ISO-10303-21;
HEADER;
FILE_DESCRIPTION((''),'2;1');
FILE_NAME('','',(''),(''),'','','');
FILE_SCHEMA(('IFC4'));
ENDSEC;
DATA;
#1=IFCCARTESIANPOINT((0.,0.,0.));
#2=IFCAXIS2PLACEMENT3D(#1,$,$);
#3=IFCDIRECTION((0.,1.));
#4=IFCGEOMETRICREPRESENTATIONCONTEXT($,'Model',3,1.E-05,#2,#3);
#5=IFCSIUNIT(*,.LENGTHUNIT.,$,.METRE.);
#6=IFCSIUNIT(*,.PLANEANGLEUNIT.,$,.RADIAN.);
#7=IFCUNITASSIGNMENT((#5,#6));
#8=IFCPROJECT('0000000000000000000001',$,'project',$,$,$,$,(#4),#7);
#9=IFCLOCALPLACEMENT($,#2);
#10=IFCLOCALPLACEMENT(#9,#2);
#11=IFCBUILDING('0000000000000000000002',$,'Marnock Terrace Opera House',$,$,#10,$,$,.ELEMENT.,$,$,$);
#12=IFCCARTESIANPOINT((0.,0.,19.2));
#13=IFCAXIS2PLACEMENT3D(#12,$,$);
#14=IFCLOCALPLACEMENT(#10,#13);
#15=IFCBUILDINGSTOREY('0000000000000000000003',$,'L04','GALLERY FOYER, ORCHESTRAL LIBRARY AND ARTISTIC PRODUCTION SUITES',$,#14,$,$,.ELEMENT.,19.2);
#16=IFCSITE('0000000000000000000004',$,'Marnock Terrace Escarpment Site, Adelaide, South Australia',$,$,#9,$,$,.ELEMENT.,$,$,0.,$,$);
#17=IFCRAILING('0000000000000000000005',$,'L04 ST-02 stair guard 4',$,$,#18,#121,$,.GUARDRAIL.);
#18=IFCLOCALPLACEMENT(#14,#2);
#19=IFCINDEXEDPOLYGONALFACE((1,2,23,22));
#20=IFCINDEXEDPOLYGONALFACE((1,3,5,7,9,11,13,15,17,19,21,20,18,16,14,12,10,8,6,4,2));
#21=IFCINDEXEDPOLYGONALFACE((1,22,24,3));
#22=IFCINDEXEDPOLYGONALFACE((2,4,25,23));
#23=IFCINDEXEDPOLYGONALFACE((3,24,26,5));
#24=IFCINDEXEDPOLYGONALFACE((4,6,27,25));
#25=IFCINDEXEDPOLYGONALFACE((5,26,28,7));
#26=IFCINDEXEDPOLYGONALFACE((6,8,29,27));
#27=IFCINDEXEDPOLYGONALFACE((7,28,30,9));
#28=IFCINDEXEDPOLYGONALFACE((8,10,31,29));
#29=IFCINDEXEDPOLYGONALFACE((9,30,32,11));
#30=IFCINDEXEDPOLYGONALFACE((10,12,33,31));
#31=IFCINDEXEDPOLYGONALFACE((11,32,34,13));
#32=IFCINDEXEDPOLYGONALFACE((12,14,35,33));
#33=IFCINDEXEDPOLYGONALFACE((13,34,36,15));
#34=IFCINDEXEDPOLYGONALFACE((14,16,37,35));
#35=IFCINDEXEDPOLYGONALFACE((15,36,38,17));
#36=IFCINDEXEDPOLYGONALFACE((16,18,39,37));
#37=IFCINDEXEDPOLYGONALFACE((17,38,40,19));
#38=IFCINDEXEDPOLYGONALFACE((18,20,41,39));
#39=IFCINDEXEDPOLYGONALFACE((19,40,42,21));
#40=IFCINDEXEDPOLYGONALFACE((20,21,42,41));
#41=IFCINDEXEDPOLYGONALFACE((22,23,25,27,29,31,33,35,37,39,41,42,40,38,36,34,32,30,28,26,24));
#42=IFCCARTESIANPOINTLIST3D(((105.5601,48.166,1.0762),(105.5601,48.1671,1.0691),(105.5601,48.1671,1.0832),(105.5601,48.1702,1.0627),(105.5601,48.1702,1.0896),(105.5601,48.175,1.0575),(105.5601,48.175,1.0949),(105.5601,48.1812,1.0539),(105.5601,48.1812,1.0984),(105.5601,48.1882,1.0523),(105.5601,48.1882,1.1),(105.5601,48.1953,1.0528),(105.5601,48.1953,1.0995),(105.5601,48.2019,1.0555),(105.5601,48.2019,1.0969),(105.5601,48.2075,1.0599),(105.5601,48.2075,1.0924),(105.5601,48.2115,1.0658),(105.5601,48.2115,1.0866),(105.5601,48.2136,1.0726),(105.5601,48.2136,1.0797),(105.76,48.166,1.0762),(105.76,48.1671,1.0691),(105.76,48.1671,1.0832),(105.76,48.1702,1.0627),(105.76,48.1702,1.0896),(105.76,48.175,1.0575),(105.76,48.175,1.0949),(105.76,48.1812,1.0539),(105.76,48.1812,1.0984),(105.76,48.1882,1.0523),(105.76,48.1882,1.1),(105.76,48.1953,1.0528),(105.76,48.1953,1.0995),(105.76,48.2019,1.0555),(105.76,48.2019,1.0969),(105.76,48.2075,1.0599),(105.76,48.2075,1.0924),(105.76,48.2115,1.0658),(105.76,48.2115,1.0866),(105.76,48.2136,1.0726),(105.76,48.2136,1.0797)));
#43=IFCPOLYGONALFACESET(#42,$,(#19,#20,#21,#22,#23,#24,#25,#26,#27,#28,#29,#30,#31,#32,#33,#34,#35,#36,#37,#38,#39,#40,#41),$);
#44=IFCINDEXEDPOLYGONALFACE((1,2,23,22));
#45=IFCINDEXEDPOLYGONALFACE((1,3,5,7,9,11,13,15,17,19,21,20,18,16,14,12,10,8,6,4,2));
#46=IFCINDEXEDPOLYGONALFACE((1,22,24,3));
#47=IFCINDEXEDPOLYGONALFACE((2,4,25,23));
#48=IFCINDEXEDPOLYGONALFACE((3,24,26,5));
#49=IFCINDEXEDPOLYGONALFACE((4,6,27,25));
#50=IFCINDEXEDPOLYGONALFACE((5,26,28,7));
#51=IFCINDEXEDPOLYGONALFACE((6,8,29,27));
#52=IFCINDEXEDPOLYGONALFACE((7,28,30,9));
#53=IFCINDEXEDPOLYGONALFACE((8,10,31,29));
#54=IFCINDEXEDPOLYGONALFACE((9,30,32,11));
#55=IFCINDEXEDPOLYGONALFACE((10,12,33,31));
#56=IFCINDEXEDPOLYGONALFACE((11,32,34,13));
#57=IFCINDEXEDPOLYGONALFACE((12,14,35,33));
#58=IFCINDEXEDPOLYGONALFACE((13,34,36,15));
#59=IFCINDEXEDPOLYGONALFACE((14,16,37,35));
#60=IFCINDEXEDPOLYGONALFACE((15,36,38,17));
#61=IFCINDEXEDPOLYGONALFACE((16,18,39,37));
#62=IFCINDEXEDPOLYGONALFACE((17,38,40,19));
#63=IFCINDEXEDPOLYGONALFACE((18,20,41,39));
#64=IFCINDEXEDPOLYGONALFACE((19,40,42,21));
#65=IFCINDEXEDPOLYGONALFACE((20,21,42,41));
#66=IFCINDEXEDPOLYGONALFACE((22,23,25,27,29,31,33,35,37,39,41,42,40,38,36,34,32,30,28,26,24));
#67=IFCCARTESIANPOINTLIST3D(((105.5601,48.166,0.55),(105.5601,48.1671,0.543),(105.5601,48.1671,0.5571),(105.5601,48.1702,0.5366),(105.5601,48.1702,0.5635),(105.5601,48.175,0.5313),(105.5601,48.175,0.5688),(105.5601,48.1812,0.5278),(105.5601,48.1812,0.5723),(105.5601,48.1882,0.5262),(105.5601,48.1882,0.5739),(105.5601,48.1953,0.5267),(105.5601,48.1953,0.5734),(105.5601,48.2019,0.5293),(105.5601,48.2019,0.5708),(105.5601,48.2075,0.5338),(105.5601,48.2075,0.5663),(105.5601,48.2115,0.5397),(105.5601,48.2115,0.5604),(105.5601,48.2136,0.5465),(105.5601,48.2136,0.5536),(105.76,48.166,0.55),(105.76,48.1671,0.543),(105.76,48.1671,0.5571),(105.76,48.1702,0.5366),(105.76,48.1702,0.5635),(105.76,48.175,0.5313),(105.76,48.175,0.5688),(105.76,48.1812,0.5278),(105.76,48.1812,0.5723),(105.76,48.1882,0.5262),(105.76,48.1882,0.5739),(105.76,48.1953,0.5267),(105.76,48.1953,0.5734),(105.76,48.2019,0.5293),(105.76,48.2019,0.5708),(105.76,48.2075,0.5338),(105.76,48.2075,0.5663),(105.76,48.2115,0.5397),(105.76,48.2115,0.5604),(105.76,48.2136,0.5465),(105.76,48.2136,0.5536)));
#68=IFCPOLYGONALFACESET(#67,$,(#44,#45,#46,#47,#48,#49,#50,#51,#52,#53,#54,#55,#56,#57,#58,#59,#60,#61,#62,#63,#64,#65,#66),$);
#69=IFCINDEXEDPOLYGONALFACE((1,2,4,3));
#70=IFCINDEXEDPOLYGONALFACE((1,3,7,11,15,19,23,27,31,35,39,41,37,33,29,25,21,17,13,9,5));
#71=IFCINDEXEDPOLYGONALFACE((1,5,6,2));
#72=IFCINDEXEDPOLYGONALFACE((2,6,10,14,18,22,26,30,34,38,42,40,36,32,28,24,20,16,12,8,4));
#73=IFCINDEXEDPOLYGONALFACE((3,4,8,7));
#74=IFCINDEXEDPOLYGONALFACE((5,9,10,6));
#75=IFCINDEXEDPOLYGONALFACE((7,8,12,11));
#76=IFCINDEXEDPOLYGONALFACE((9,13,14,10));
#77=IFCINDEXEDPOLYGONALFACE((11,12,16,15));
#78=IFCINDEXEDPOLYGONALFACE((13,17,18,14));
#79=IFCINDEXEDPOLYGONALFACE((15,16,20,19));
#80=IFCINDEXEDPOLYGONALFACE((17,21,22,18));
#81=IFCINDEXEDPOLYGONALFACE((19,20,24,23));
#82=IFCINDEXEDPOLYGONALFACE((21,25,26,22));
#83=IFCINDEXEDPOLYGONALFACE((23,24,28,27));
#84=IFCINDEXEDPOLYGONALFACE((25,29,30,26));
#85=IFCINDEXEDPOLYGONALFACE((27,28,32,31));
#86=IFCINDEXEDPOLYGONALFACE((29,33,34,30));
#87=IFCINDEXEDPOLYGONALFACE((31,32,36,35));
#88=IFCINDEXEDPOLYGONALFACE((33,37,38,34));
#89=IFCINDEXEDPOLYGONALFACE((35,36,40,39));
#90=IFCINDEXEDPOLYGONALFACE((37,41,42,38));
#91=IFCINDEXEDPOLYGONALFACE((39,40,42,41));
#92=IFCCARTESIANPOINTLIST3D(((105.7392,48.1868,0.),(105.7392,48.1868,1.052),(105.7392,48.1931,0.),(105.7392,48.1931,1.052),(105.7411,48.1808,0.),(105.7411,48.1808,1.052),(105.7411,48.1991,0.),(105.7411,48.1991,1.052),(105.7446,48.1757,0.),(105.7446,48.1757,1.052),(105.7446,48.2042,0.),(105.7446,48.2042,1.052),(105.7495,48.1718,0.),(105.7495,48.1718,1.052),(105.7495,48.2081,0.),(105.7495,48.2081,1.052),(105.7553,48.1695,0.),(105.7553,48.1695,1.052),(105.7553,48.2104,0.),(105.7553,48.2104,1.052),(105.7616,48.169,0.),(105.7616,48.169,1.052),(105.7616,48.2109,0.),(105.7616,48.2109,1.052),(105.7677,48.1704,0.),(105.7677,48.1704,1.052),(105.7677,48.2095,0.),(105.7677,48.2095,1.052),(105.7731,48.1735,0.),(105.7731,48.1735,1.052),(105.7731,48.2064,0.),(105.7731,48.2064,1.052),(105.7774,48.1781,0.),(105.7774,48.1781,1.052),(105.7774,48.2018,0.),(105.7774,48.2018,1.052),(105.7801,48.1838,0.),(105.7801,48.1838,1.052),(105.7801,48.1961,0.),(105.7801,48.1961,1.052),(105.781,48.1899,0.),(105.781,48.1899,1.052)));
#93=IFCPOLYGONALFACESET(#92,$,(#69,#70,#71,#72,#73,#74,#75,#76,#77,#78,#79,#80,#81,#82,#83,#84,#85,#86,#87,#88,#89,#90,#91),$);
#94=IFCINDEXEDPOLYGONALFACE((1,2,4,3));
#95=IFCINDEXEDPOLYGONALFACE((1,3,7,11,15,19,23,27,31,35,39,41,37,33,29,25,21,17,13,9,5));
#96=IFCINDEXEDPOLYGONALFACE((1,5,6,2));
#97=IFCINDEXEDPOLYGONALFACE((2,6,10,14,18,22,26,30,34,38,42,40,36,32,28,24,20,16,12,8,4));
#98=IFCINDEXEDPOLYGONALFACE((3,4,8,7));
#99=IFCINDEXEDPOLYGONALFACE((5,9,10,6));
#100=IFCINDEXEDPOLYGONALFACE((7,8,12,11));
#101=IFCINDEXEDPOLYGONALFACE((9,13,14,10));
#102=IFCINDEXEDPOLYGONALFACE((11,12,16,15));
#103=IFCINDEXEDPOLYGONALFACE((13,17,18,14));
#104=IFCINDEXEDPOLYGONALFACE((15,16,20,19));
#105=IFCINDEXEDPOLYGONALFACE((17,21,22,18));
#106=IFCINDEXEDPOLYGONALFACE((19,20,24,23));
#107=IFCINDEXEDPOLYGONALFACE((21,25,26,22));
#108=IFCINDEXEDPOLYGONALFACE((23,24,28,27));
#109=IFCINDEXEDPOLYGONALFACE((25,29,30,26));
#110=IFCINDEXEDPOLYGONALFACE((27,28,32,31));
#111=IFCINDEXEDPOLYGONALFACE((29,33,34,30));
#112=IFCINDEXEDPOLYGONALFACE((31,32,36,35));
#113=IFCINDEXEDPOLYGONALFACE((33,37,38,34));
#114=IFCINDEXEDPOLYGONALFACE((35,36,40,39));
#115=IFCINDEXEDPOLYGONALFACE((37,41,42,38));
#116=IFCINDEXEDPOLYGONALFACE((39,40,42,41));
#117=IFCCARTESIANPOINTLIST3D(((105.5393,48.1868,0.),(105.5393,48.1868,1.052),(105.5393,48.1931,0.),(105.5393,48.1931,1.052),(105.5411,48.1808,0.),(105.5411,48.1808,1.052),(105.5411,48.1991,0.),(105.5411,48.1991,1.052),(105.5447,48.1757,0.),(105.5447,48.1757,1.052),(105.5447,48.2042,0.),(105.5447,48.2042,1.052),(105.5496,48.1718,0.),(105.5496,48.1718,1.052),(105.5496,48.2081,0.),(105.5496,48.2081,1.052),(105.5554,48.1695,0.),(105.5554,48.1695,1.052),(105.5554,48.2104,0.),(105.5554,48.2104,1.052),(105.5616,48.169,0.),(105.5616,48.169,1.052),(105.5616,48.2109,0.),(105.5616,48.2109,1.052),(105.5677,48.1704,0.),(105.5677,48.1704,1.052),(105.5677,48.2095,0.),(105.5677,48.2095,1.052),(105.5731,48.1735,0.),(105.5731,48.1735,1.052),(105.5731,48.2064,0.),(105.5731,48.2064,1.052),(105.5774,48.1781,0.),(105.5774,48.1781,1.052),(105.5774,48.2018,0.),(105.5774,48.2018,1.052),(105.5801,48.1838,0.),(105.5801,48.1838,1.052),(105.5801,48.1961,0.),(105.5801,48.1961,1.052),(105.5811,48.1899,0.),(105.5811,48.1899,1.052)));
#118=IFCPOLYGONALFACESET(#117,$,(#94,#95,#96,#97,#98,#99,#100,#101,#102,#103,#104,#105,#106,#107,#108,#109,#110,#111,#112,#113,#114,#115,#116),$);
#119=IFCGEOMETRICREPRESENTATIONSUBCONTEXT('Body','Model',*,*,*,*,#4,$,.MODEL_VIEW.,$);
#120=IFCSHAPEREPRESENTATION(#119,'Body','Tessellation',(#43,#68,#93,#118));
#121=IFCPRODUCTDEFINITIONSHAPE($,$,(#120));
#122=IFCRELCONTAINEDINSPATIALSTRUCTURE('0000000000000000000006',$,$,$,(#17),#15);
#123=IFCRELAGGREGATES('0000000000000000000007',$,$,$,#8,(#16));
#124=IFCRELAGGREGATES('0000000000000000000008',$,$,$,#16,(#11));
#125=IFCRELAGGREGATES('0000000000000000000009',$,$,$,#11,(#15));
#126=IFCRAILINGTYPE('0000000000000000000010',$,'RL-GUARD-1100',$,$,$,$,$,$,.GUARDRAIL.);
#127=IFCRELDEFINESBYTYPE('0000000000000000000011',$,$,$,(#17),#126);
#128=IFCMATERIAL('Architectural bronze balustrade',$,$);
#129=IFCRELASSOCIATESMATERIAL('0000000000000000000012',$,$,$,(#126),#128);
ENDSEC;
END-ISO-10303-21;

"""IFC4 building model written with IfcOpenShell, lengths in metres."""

from ifc_helpers import new_model, si_unit, direction, frame, origin, origin_2d, place, context, subcontext, project, spatial, circle, extrude, material, type_object, element, save


model = new_model("IFC4")

# Units and contexts
model_context = context("Model", 3, precision=1e-05, world=origin(), true_north=direction((0.0, 1.0)))
body_context = subcontext(model_context, "Body", "Model", "MODEL_VIEW")
ifc_project = project(units=[si_unit("LENGTHUNIT", "METRE"), si_unit("PLANEANGLEUNIT", "RADIAN")], contexts=[model_context])

# Site, building, storey
site_placement = place(None, origin())
site = spatial("IfcSite", under=ifc_project, at=site_placement, Name="Marnock Terrace Escarpment Site, Adelaide, South Australia", CompositionType="ELEMENT", RefElevation=0.0)
building_placement = place(site_placement, origin())
building = spatial("IfcBuilding", under=site, at=building_placement, Name="Marnock Terrace Opera House", CompositionType="ELEMENT")
storey_placement = place(building_placement, frame((0.0, 0.0, 19.2)))
storey = spatial("IfcBuildingStorey", under=building, at=storey_placement, Name="L04", Description="GALLERY FOYER, ORCHESTRAL LIBRARY AND ARTISTIC PRODUCTION SUITES", CompositionType="ELEMENT", Elevation=19.2)

# Railing
ifc_material_1 = material(Name="Architectural bronze balustrade")
railing_type_1 = type_object("IfcRailingType", Name="RL-GUARD-1100", PredefinedType="GUARDRAIL", material=ifc_material_1)
railing_1_placement = place(storey_placement, frame((105.76, 48.1899, 0.0)))
element("IfcRailing", 1, at=railing_1_placement, inside=storey, type_object=railing_type_1, Name="L04 ST-02 stair guard 4", PredefinedType="GUARDRAIL", context=body_context, shape_type="SweptSolid", body=[
    extrude(circle(Radius=0.0239, at=origin_2d()), frame((0.0, 0.0, 1.0762), z_axis=(-1.0, 0.0, 0.0), x_axis=(0.0, -1.0, 0.0)), (0.0, 0.0, 1.0), 0.2),
    extrude(circle(Radius=0.0239, at=origin_2d()), frame((0.0, 0.0, 0.55), z_axis=(-1.0, 0.0, 0.0), x_axis=(0.0, -1.0, 0.0)), (0.0, 0.0, 1.0), 0.2),
    extrude(circle(Radius=0.021, at=origin_2d()), origin(), (0.0, 0.0, 1.0), 1.052),
    extrude(circle(Radius=0.021, at=origin_2d()), frame((-0.2, 0.0, 0.0)), (0.0, 0.0, 1.0), 1.052),
])

save(model, "model.ifc")
